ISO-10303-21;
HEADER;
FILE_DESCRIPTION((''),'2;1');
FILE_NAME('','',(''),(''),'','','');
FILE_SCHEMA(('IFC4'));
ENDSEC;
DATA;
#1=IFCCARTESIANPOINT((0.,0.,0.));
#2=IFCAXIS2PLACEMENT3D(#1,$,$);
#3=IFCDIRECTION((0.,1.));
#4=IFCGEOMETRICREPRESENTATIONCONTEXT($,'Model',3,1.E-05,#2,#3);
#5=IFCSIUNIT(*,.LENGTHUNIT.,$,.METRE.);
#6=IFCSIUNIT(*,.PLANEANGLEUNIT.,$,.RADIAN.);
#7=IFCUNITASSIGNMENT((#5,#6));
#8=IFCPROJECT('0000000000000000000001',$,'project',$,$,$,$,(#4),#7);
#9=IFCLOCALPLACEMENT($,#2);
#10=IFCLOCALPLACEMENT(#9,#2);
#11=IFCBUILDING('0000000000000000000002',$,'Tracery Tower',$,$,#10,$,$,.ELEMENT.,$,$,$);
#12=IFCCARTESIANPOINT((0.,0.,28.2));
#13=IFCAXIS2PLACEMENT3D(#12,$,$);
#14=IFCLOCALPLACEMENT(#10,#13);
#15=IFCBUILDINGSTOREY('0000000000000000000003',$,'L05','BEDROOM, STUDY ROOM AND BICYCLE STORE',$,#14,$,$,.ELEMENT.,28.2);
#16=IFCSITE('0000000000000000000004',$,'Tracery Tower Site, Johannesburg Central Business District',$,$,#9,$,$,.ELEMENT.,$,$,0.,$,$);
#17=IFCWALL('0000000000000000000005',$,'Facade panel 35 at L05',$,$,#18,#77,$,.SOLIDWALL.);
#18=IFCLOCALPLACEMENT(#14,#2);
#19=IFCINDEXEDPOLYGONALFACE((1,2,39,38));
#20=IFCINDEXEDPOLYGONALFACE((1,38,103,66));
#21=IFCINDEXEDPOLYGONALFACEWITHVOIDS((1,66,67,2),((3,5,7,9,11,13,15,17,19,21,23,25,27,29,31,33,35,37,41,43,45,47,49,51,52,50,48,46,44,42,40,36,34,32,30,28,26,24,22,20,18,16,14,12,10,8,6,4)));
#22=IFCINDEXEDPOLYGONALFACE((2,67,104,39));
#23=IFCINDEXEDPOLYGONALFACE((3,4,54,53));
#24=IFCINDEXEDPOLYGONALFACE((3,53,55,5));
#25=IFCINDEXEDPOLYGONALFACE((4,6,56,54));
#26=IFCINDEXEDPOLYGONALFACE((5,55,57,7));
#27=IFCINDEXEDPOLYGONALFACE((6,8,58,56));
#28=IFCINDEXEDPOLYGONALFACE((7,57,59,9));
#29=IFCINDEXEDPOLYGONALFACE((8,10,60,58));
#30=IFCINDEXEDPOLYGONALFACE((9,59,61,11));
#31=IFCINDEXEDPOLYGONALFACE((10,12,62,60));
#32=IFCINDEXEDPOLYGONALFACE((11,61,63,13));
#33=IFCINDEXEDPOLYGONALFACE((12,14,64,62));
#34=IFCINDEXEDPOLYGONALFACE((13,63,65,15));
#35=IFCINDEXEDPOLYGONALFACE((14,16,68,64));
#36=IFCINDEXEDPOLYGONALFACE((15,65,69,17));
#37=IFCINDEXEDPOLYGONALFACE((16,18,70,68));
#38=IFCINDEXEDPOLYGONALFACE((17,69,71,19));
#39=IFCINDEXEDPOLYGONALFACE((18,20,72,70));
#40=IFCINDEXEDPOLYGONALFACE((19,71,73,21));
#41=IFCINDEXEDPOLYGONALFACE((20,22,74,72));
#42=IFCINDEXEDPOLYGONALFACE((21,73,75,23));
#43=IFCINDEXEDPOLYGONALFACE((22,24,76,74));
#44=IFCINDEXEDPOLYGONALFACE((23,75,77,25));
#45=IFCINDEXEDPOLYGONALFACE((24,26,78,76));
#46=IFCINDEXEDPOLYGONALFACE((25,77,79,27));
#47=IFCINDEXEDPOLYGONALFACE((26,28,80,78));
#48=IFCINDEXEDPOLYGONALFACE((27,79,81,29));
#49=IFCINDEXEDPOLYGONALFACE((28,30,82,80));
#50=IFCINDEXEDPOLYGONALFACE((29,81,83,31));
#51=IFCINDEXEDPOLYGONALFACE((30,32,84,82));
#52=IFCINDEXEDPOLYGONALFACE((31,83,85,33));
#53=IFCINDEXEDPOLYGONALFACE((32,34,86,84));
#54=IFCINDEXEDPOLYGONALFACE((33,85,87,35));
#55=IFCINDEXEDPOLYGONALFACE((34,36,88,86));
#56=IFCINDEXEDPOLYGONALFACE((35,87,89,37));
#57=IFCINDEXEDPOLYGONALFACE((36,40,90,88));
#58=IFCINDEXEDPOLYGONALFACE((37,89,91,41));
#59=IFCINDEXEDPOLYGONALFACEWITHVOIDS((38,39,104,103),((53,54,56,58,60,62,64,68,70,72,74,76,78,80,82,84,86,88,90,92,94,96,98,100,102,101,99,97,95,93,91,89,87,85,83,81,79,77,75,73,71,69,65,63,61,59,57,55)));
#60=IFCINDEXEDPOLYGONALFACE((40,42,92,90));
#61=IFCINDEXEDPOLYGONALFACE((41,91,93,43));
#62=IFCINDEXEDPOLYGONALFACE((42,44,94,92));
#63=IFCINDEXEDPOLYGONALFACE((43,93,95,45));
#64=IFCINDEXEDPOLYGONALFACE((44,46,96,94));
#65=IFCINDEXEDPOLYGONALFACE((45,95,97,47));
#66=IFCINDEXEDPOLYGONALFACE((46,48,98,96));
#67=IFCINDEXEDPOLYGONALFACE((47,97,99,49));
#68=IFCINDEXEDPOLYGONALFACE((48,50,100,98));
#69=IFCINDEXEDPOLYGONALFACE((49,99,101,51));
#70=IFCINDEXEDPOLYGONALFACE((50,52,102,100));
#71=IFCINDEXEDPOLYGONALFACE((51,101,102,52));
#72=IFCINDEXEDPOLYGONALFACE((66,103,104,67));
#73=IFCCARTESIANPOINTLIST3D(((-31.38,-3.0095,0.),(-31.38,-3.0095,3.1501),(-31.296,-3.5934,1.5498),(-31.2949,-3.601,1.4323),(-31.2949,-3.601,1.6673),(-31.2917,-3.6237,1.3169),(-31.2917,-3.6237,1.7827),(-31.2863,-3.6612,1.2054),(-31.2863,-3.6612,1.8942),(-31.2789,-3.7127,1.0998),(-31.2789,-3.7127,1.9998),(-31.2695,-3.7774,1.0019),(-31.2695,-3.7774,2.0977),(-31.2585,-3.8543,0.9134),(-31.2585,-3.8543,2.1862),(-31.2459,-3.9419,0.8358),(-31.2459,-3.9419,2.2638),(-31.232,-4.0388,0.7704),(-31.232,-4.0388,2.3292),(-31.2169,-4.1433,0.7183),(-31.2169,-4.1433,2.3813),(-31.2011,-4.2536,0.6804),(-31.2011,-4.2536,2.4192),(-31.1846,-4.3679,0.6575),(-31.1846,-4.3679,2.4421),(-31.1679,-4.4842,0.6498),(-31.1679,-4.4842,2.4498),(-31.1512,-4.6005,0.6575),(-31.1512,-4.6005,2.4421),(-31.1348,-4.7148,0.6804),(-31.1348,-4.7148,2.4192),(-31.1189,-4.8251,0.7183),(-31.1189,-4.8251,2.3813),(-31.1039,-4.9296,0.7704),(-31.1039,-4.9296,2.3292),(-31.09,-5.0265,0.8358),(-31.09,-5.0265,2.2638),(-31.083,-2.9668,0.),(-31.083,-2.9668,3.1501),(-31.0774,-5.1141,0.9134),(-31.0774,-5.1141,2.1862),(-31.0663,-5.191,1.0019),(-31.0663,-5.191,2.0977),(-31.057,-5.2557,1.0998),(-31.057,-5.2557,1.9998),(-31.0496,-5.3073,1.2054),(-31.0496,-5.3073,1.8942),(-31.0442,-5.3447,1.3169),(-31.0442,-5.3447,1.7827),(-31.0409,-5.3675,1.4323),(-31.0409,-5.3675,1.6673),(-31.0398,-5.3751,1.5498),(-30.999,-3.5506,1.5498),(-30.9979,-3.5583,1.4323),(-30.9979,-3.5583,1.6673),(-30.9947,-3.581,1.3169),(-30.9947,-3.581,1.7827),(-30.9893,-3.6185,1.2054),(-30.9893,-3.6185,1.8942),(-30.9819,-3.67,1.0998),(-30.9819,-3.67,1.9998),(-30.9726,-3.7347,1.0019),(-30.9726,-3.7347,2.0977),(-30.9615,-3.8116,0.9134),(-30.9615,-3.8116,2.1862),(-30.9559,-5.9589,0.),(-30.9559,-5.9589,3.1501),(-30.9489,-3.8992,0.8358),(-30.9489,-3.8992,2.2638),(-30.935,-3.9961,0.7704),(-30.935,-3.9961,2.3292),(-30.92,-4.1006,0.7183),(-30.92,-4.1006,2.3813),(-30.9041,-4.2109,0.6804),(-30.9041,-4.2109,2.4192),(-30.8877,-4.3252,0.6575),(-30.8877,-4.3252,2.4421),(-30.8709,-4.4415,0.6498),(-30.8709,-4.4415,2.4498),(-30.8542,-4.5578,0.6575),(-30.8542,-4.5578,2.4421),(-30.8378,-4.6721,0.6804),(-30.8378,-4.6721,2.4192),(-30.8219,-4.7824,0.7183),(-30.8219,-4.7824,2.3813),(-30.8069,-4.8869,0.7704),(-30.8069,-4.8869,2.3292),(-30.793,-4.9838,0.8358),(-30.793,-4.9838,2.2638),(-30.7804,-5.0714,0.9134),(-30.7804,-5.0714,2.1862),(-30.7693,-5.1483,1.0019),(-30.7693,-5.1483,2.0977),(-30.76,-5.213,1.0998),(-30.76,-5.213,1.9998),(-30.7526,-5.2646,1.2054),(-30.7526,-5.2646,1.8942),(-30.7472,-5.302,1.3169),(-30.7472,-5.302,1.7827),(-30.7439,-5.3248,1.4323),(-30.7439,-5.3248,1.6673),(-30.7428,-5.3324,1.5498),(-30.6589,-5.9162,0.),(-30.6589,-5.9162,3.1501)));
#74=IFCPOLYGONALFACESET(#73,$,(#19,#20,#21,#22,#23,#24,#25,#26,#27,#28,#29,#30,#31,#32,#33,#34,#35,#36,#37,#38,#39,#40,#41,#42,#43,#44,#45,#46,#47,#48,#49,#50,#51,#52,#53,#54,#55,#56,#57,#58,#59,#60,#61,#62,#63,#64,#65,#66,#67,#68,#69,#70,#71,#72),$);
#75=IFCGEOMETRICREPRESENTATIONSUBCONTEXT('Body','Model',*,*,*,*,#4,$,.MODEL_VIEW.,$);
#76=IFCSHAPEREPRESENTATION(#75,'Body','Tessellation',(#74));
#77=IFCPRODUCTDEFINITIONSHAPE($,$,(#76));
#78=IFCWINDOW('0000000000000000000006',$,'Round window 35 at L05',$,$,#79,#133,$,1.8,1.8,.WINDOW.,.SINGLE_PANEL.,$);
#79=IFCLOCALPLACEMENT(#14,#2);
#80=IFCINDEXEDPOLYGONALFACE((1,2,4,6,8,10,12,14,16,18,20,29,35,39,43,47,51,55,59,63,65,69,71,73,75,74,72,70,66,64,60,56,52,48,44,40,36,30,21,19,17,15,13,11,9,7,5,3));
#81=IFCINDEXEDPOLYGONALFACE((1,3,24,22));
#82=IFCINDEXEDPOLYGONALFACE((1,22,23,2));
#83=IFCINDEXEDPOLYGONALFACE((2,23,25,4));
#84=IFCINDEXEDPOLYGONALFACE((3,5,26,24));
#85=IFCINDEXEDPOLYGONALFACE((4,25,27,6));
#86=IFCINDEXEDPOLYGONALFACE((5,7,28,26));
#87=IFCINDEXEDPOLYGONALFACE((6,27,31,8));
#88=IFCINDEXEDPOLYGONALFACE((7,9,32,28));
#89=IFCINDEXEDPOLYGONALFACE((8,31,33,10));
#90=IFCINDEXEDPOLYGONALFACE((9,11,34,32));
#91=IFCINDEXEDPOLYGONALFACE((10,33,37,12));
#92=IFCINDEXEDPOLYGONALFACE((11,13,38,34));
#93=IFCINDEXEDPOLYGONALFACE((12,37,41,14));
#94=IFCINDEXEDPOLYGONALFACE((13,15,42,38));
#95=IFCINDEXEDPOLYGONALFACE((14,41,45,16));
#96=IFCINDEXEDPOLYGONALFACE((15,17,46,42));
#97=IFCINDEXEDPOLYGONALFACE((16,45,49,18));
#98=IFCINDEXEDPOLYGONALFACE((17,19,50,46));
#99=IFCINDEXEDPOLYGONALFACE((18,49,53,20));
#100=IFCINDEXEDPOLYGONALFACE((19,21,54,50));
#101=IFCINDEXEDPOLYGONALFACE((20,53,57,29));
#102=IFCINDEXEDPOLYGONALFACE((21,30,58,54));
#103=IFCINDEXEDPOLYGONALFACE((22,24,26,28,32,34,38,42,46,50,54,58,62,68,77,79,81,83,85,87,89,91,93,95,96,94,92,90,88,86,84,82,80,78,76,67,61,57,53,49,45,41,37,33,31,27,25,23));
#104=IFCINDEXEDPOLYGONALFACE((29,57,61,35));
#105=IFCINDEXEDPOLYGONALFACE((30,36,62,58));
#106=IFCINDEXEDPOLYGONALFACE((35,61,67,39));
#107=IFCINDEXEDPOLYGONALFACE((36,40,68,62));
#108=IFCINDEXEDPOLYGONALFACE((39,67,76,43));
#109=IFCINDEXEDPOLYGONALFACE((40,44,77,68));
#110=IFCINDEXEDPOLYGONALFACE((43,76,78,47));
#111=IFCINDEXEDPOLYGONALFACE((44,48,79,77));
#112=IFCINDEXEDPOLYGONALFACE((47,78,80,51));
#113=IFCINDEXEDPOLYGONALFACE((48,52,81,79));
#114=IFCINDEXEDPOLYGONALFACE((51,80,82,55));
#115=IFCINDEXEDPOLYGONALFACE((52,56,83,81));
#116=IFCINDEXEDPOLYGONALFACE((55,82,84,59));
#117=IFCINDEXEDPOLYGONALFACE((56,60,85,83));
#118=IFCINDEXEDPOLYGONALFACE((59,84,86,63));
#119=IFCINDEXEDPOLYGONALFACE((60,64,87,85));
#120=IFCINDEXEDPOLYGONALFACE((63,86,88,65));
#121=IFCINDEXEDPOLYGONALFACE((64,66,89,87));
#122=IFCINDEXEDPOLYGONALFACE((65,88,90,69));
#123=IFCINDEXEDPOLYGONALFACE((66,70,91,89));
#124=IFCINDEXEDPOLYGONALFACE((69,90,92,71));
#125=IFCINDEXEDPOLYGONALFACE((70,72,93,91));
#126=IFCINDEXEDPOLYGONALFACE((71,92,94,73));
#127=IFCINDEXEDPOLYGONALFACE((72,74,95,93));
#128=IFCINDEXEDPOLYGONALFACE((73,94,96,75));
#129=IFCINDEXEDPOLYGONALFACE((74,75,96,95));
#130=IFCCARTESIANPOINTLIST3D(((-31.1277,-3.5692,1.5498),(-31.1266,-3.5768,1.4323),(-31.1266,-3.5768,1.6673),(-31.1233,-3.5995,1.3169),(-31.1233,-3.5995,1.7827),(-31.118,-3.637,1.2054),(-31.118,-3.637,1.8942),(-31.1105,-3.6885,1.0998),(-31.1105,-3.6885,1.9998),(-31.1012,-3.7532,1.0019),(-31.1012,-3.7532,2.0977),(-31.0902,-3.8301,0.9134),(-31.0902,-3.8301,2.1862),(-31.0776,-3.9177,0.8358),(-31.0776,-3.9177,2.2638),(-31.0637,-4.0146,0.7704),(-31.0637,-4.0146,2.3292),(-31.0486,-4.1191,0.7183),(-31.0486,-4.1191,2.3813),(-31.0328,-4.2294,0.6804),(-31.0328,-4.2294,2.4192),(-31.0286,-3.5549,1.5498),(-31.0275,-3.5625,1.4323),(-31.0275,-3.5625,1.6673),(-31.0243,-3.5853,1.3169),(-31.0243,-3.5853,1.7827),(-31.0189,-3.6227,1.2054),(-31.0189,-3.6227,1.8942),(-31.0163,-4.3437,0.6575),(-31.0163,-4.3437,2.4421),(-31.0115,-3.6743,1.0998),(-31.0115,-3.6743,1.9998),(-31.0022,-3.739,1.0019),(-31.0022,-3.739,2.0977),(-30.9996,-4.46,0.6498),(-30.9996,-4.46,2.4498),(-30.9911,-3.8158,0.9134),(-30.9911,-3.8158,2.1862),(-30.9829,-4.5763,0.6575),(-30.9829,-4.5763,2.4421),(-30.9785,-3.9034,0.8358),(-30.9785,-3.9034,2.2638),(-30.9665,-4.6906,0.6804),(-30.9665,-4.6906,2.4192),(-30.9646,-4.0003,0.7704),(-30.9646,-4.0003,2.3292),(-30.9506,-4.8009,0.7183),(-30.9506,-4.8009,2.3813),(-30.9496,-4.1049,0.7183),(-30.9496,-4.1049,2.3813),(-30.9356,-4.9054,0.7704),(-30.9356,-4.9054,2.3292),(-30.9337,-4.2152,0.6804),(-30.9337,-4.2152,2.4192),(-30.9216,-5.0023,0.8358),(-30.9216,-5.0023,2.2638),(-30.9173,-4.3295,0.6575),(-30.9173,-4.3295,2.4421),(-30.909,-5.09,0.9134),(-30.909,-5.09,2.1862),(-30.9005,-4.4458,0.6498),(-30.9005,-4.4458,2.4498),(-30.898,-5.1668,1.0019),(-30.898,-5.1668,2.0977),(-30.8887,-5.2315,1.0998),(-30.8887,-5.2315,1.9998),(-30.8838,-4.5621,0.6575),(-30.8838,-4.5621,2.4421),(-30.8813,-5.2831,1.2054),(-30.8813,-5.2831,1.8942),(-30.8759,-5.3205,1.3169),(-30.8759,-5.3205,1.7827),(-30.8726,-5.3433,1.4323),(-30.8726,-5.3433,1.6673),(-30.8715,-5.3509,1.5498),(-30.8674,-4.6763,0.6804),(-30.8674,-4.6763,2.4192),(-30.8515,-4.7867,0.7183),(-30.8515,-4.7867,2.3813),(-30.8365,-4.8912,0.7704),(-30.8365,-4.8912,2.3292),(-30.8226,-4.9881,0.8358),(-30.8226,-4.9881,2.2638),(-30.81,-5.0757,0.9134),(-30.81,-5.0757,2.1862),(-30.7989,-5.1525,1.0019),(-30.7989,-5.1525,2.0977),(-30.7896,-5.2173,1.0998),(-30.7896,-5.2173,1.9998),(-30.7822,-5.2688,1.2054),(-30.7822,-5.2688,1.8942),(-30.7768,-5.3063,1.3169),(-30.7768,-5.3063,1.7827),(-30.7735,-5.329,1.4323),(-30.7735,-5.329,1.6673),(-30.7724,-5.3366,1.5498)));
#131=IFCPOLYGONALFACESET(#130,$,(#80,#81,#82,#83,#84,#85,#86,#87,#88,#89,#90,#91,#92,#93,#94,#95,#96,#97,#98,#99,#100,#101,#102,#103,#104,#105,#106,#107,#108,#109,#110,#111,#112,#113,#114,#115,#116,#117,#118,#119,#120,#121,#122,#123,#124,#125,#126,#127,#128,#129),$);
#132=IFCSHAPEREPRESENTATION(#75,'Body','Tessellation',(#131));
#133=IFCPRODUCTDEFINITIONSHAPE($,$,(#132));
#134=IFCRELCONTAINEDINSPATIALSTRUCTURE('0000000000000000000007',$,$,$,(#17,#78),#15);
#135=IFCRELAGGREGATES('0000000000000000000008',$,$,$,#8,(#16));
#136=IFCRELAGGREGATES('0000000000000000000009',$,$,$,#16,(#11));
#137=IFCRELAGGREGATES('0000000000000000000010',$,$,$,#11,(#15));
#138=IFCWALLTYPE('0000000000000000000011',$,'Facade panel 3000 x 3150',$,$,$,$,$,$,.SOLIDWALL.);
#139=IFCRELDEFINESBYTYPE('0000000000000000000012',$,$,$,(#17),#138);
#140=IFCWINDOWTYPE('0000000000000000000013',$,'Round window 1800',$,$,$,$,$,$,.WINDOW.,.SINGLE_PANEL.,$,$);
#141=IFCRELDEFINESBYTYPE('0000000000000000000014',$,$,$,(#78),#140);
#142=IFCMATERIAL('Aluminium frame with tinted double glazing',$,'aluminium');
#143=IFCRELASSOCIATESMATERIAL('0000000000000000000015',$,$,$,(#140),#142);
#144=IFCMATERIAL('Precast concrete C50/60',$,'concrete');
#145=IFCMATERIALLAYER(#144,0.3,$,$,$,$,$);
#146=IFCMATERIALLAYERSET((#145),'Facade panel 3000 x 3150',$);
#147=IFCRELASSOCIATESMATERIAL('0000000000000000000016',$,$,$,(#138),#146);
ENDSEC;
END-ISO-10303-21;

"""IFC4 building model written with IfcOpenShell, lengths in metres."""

from ifc_helpers import new_model, si_unit, direction, frame, frame_2d, origin, origin_2d, place, context, subcontext, project, spatial, rectangle, circle, extrude, material, layer, layer_set, type_object, element, fill, save


model = new_model("IFC4")

# Units and contexts
model_context = context("Model", 3, precision=1e-05, world=origin(), true_north=direction((0.0, 1.0)))
body_context = subcontext(model_context, "Body", "Model", "MODEL_VIEW")
ifc_project = project(units=[si_unit("LENGTHUNIT", "METRE"), si_unit("PLANEANGLEUNIT", "RADIAN")], contexts=[model_context])

# Site, building, storey
site_placement = place(None, origin())
site = spatial("IfcSite", under=ifc_project, at=site_placement, Name="Tracery Tower Site, Johannesburg Central Business District", CompositionType="ELEMENT", RefElevation=0.0)
building_placement = place(site_placement, origin())
building = spatial("IfcBuilding", under=site, at=building_placement, Name="Tracery Tower", CompositionType="ELEMENT")
storey_placement = place(building_placement, frame((0.0, 0.0, 28.2)))
storey = spatial("IfcBuildingStorey", under=building, at=storey_placement, Name="L05", Description="BEDROOM, STUDY ROOM AND BICYCLE STORE", CompositionType="ELEMENT", Elevation=28.2)

# Wall, opening, window
ifc_material_1 = material(Name="Aluminium frame with tinted double glazing", Category="aluminium")
window_type = type_object("IfcWindowType", Name="Round window 1800", PartitioningType="SINGLE_PANEL", PredefinedType="WINDOW", material=ifc_material_1)
ifc_material_2 = material(Name="Precast concrete C50/60", Category="concrete")
ifc_layer_1 = layer(ifc_material_2, 0.3)
ifc_layer_set_1 = layer_set([ifc_layer_1], Name="Facade panel 3000 x 3150")
wall_type_1 = type_object("IfcWallType", Name="Facade panel 3000 x 3150", PredefinedType="SOLIDWALL", material=ifc_layer_set_1)
wall_1_placement = place(storey_placement, frame((-31.2314, -2.9883, 0.0), z_axis=(0.0, 0.0, 1.0), x_axis=(0.142316, -0.989821, 0.0)))
wall_1 = element("IfcWall", 1, at=wall_1_placement, inside=storey, type_object=wall_type_1, Name="Facade panel 35 at L05", PredefinedType="SOLIDWALL", context=body_context, shape_type="SweptSolid", body=[
    extrude(rectangle(XDim=2.9797, YDim=0.3, at=frame_2d((1.4897, 0.0))), origin(), (0.0, 0.0, 1.0), 3.1501),
])
opening_1_placement = place(wall_1_placement, frame((1.4897, 0.0, 1.5498)))
opening_1 = element("IfcOpeningElement", 2, at=opening_1_placement, cuts=wall_1, PredefinedType="OPENING", context=body_context, shape_type="SweptSolid", body=[
    extrude(circle(Radius=0.9, at=origin_2d()), frame((0.0, 0.1599, 0.0), z_axis=(0.0, -1.0, 0.0), x_axis=(1.0, 0.0, 0.0)), (0.0, 0.0, 1.0), 0.3201),
])
window_1_placement = place(opening_1_placement, origin())
window_1 = element("IfcWindow", 3, at=window_1_placement, inside=storey, type_object=window_type, Name="Round window 35 at L05", OverallHeight=1.8, OverallWidth=1.8, PartitioningType="SINGLE_PANEL", PredefinedType="WINDOW", context=body_context, shape_type="SweptSolid", body=[
    extrude(circle(Radius=0.9, at=origin_2d()), frame((0.0, 0.1201, 0.0), z_axis=(0.0, -1.0, 0.0), x_axis=(1.0, 0.0, 0.0)), (0.0, 0.0, 1.0), 0.1001),
])
fill(opening_1, window_1)

save(model, "model.ifc")
